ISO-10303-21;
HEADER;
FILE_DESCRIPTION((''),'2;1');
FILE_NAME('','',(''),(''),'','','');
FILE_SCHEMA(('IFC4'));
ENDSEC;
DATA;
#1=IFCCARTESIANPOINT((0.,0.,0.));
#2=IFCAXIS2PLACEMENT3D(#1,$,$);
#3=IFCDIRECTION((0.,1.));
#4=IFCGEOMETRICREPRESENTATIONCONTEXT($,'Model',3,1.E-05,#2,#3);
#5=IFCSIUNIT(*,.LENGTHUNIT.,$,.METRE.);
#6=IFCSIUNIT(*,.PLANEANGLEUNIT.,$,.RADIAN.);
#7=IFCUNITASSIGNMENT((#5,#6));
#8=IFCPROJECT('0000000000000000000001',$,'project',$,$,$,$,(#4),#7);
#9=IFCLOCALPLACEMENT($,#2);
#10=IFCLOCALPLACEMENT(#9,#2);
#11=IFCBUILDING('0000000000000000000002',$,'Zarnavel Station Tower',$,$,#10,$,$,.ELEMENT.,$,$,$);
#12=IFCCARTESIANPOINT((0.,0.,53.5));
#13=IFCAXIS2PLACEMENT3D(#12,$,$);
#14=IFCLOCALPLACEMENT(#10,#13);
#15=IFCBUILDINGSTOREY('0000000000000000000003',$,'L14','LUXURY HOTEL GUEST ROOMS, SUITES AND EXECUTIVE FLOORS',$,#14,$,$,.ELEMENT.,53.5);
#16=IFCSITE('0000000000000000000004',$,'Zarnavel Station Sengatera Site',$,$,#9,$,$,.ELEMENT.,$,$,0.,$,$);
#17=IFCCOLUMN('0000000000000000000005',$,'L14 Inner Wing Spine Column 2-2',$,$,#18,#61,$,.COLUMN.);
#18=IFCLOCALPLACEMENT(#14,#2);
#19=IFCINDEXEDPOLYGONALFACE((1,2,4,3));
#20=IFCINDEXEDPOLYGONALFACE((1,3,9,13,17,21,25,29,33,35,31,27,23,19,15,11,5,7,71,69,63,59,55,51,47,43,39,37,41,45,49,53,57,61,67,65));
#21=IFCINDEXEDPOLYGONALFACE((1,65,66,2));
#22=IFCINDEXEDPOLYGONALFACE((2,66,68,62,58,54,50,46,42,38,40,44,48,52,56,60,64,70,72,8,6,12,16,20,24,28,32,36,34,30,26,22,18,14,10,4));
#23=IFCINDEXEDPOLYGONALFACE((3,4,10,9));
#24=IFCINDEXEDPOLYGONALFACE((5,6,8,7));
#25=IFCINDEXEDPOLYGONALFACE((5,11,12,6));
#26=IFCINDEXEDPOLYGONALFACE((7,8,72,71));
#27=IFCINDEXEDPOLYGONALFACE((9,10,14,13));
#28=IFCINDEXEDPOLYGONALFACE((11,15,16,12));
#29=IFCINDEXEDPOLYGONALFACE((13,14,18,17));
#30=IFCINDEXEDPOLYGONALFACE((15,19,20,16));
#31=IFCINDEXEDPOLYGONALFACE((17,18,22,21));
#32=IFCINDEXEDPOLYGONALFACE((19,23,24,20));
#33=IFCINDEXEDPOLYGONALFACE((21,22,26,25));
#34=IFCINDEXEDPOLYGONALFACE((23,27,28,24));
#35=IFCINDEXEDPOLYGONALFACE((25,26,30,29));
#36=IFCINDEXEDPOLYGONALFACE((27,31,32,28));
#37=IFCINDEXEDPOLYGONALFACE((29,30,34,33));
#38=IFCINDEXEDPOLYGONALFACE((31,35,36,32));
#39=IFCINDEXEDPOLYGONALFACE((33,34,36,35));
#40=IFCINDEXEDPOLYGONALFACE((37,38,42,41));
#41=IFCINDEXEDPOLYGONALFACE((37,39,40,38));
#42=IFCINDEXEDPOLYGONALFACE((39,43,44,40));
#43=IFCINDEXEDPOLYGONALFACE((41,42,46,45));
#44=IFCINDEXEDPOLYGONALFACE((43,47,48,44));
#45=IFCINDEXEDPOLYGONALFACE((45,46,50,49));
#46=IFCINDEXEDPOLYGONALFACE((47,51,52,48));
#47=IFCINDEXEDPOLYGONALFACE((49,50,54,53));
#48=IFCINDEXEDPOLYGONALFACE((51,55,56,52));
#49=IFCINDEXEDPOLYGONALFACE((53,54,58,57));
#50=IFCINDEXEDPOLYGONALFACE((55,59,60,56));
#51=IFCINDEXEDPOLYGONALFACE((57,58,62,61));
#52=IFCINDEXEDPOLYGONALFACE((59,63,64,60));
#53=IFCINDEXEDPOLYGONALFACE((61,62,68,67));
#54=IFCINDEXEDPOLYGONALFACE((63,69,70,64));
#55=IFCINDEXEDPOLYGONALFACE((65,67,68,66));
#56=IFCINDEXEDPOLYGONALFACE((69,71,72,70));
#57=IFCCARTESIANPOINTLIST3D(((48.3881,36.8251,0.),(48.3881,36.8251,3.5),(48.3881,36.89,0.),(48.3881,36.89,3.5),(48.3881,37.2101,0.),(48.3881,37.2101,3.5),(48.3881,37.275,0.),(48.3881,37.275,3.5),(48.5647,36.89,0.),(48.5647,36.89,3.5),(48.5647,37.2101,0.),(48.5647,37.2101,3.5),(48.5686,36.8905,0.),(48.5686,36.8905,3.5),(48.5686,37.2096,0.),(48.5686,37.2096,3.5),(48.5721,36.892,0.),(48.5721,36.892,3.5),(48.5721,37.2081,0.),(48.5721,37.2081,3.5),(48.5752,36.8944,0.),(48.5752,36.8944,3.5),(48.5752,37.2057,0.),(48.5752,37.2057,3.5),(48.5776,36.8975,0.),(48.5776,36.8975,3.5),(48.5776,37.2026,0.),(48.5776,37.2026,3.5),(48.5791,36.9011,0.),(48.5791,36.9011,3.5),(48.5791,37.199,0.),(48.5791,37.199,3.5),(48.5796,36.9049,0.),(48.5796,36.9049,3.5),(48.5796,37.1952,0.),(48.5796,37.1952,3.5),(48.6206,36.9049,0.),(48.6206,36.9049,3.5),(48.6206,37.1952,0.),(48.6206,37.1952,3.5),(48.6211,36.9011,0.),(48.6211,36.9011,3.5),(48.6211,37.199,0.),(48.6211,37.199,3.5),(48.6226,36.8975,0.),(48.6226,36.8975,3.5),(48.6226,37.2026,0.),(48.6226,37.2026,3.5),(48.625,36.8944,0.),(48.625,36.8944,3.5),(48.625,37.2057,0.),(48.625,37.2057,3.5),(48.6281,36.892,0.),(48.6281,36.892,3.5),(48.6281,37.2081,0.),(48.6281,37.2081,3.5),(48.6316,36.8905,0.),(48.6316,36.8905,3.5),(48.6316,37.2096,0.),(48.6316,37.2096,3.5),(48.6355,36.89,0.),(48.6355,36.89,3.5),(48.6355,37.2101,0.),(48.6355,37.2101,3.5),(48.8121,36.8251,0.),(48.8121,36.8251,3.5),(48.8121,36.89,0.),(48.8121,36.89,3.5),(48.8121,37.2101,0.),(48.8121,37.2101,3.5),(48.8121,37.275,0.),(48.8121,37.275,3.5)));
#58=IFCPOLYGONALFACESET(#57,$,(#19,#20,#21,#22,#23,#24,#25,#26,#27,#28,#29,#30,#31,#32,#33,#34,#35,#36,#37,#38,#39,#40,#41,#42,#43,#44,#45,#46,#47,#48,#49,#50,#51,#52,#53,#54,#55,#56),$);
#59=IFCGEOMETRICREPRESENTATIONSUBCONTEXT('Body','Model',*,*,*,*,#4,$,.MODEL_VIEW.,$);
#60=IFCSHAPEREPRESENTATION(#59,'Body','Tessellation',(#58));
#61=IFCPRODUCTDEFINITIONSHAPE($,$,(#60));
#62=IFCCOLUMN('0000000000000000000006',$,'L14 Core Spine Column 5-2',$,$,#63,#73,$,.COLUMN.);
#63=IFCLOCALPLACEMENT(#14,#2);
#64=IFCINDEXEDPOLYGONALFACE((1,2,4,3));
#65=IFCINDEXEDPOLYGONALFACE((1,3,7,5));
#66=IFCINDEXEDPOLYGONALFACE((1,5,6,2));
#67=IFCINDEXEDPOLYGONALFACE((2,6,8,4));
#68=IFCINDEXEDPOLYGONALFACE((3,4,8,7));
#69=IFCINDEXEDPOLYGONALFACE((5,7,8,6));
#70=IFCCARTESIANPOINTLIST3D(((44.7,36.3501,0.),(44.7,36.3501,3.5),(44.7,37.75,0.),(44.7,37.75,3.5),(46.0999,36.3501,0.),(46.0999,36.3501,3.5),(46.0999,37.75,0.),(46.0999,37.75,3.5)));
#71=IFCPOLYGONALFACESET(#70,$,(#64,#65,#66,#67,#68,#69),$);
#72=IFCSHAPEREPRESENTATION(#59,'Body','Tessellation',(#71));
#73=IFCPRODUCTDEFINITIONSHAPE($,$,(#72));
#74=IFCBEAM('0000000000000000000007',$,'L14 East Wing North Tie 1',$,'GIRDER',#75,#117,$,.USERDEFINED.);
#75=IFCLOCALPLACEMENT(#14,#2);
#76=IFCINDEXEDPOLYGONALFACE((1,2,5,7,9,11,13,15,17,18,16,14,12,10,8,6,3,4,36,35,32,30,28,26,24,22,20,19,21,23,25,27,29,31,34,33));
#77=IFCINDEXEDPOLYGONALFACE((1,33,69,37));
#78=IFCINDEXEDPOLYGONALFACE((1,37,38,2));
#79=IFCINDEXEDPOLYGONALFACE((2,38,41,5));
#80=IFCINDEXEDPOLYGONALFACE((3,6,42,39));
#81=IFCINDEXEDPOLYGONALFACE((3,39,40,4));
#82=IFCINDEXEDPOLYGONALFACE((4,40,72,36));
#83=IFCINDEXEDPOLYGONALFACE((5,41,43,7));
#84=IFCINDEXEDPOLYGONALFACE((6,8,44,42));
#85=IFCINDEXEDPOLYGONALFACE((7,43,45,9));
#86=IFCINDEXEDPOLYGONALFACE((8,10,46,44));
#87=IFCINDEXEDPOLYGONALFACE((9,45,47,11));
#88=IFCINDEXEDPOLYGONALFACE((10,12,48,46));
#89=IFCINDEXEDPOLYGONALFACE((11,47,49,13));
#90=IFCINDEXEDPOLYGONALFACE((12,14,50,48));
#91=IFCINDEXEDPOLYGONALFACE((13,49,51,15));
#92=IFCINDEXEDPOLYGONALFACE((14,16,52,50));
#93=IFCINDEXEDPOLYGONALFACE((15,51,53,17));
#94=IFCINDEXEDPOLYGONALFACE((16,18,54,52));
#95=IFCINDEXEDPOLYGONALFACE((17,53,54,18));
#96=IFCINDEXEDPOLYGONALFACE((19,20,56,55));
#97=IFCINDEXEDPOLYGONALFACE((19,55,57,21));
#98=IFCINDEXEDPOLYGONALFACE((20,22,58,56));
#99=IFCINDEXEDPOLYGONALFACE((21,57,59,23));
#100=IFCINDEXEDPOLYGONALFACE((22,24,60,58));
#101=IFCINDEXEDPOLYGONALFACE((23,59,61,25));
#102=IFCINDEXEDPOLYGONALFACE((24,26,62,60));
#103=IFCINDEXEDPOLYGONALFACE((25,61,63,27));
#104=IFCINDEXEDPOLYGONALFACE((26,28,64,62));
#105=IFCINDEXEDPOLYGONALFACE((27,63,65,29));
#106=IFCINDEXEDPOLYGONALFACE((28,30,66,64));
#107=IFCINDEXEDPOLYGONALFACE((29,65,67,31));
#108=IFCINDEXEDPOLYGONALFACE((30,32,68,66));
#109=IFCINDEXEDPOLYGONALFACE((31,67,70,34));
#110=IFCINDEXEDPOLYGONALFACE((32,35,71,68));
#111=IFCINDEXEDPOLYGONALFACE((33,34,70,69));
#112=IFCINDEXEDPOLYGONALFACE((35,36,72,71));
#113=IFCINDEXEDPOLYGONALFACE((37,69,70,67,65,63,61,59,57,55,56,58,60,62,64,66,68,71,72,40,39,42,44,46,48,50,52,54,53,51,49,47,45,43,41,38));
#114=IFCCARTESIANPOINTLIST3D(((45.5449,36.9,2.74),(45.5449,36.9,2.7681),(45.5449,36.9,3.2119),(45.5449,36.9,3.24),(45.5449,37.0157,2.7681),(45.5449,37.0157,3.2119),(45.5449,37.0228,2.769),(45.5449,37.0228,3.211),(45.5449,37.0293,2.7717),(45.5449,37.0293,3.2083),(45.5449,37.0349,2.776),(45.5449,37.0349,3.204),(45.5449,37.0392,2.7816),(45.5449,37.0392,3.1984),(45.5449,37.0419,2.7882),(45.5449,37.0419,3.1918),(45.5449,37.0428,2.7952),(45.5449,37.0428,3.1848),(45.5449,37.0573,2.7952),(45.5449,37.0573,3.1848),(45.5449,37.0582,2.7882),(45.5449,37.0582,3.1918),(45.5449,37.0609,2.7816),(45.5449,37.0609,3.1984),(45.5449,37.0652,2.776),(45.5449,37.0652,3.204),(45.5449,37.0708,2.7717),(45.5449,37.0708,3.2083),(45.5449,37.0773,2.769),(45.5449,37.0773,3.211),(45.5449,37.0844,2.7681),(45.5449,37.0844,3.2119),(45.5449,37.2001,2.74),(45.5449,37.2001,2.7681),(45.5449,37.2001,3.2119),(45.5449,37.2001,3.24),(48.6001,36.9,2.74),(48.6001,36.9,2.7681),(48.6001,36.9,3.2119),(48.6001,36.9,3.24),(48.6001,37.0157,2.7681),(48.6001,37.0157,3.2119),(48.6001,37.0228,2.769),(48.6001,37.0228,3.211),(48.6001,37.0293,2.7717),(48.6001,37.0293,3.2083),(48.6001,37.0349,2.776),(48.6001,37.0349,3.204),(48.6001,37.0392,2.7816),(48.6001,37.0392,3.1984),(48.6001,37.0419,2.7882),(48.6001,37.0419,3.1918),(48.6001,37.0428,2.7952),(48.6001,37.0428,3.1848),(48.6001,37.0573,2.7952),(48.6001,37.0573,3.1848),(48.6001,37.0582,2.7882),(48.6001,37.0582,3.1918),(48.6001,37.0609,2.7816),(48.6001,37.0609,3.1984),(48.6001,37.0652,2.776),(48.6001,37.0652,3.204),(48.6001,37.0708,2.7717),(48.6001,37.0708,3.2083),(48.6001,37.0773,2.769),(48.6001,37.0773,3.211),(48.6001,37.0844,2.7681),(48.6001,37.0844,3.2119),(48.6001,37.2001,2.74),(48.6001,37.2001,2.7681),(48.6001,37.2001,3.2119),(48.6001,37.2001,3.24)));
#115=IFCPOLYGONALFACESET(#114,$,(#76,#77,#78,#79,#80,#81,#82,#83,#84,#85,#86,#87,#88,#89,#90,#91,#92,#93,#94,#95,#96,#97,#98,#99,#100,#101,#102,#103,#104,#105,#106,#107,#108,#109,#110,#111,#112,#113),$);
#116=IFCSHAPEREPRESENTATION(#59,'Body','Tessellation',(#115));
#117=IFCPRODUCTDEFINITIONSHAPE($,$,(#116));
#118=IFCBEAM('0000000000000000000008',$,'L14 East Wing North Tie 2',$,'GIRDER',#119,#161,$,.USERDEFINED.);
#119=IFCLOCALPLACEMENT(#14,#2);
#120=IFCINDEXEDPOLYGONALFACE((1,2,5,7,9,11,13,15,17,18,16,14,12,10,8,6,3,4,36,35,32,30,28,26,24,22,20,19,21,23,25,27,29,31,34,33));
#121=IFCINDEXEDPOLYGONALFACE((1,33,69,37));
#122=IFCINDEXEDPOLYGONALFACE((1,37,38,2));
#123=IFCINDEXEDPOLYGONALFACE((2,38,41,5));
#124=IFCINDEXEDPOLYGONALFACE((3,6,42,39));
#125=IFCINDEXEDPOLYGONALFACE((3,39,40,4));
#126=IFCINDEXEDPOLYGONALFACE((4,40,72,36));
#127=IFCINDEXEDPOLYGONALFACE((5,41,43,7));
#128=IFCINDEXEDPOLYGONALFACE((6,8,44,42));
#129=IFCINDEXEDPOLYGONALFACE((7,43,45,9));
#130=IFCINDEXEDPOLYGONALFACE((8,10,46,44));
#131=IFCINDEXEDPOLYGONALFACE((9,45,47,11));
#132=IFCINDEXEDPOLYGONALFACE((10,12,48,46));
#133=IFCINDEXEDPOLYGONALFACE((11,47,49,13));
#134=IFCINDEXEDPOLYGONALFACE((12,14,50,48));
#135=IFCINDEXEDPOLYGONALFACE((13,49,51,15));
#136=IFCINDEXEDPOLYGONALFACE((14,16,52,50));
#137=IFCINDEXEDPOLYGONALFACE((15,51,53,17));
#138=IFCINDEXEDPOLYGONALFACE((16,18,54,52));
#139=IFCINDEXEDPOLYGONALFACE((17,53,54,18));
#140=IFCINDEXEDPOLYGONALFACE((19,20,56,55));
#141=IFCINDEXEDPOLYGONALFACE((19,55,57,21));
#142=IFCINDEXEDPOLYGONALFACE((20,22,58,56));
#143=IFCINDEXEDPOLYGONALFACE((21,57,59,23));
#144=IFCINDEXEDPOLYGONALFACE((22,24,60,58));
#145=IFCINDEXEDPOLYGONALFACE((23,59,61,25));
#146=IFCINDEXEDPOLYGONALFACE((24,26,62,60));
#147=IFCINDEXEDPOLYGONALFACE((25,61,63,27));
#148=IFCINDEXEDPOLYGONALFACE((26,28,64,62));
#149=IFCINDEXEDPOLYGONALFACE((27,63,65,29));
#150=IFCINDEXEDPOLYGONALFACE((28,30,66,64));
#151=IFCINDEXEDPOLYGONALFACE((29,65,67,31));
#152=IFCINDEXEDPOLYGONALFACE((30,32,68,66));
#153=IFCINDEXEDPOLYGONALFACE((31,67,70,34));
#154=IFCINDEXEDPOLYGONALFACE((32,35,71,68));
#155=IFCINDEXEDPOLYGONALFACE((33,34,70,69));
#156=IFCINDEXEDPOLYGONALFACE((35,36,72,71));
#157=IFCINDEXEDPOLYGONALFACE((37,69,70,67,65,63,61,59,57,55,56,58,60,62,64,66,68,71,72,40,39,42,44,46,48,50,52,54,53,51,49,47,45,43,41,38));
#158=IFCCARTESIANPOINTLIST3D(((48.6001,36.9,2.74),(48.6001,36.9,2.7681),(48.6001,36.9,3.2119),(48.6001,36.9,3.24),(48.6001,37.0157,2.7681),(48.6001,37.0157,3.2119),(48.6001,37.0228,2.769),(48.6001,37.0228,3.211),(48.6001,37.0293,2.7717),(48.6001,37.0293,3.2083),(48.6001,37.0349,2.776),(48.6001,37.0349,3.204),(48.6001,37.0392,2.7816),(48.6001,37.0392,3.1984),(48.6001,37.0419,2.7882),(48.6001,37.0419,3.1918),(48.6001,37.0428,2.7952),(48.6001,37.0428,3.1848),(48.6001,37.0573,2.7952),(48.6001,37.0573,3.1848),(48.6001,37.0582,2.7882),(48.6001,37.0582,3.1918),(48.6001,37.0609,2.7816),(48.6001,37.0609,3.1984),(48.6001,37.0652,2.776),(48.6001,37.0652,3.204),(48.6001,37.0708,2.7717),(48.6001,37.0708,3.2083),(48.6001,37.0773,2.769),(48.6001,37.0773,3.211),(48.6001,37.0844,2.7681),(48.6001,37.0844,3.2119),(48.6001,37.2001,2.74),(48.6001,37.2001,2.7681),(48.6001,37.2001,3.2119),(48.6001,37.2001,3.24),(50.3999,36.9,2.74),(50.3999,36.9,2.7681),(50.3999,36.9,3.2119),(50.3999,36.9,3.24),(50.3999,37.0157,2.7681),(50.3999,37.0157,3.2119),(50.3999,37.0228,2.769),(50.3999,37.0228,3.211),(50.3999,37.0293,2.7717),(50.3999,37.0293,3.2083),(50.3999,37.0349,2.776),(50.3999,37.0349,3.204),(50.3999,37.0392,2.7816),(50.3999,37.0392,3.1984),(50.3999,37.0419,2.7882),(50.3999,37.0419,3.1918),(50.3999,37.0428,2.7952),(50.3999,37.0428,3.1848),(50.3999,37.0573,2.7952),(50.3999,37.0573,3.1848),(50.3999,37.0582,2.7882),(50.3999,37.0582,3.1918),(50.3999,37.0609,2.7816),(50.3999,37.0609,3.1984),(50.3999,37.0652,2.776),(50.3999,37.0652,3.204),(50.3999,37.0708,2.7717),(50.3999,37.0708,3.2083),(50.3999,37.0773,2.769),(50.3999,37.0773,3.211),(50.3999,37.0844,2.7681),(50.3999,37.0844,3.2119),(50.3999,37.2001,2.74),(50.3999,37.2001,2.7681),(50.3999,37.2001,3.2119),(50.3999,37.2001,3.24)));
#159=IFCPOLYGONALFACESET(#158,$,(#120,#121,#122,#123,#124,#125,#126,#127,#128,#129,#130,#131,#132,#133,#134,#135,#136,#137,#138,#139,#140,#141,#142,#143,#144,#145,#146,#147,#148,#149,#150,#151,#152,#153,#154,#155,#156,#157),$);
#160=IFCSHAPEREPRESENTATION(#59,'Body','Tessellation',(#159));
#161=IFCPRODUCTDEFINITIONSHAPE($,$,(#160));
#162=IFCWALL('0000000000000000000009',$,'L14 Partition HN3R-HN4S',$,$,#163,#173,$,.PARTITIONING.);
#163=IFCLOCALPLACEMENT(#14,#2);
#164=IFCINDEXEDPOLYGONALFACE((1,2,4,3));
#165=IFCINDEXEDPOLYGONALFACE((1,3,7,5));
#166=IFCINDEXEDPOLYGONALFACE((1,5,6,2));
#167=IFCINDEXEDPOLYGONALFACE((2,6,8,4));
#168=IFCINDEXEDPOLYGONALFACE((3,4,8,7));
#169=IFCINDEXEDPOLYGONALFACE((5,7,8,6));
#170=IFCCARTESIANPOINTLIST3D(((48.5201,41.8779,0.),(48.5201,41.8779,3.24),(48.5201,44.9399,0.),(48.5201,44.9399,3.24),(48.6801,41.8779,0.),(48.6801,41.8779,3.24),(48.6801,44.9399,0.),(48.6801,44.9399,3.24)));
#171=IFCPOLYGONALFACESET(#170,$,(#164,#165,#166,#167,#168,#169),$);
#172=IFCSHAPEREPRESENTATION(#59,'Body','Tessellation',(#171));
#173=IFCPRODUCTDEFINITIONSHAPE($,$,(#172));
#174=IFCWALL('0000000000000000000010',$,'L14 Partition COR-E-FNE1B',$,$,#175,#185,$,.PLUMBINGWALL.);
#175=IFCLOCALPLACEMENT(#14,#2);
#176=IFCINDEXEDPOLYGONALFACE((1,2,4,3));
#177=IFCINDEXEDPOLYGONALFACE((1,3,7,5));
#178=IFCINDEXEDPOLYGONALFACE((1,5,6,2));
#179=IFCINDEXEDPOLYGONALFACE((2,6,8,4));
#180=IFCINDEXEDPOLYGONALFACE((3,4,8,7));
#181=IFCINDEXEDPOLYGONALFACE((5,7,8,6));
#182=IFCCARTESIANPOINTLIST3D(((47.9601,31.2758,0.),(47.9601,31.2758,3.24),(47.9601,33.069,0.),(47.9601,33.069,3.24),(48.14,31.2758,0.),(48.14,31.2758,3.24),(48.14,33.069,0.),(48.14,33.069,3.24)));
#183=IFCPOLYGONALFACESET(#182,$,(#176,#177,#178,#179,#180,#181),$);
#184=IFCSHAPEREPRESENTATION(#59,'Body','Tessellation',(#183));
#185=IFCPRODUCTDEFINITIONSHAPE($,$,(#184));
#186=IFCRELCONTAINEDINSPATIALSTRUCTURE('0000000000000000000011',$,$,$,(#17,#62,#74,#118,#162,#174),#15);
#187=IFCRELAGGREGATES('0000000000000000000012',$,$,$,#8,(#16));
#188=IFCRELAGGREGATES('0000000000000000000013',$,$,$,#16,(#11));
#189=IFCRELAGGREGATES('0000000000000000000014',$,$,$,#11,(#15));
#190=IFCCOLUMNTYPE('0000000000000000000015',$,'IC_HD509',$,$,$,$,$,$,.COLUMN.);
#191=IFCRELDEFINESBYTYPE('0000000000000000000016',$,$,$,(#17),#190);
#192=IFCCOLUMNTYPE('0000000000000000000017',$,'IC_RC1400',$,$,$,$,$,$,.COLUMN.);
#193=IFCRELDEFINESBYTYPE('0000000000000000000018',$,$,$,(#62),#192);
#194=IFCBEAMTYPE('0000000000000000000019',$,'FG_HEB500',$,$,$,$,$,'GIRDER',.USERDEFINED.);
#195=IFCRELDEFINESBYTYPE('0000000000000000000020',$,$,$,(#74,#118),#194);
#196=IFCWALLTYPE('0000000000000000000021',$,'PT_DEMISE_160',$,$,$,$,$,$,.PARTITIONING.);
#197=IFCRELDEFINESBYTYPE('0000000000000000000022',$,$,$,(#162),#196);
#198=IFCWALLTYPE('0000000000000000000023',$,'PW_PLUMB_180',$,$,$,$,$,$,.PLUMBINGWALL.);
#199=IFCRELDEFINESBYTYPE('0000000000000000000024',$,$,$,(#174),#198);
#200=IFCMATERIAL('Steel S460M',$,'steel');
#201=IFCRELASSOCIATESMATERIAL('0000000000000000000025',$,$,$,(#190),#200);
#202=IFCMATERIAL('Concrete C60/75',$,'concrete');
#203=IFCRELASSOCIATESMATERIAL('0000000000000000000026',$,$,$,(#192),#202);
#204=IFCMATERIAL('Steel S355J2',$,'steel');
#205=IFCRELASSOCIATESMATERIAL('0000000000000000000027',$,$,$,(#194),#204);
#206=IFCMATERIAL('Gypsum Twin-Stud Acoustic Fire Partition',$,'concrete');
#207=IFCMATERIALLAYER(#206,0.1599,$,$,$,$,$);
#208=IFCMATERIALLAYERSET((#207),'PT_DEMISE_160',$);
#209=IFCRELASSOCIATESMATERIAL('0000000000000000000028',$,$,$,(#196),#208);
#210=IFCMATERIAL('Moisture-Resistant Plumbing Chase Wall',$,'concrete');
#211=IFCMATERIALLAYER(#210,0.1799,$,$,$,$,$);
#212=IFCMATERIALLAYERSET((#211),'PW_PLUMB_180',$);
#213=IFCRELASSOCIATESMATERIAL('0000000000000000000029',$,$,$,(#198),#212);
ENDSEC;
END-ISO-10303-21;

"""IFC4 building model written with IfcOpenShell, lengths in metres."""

from ifc_helpers import new_model, si_unit, direction, frame, frame_2d, origin, origin_2d, place, context, subcontext, project, spatial, rectangle, i_section, extrude, material, layer, layer_set, material_profile, profile_set, type_object, element, save


model = new_model("IFC4")

# Units and contexts
model_context = context("Model", 3, precision=1e-05, world=origin(), true_north=direction((0.0, 1.0)))
body_context = subcontext(model_context, "Body", "Model", "MODEL_VIEW")
ifc_project = project(units=[si_unit("LENGTHUNIT", "METRE"), si_unit("PLANEANGLEUNIT", "RADIAN")], contexts=[model_context])

# Site, building, storey
site_placement = place(None, origin())
site = spatial("IfcSite", under=ifc_project, at=site_placement, Name="Zarnavel Station Sengatera Site", CompositionType="ELEMENT", RefElevation=0.0)
building_placement = place(site_placement, origin())
building = spatial("IfcBuilding", under=site, at=building_placement, Name="Zarnavel Station Tower", CompositionType="ELEMENT")
storey_placement = place(building_placement, frame((0.0, 0.0, 53.5)))
storey = spatial("IfcBuildingStorey", under=building, at=storey_placement, Name="L14", Description="LUXURY HOTEL GUEST ROOMS, SUITES AND EXECUTIVE FLOORS", CompositionType="ELEMENT", Elevation=53.5)

# Columns
ifc_material_1 = material(Name="Steel S460M", Category="steel")
ifc_material_profile_1 = material_profile(ifc_material_1, i_section(OverallWidth=0.4241, OverallDepth=0.45, WebThickness=0.041, FlangeThickness=0.0649, FilletRadius=0.0149, at=origin_2d()), Name="HD400x509")
ifc_profile_set_1 = profile_set([ifc_material_profile_1], Name="Steel S460M")
column_type_1 = type_object("IfcColumnType", Name="IC_HD509", PredefinedType="COLUMN", material=ifc_profile_set_1)
column_1_placement = place(storey_placement, frame((48.6001, 37.05, 0.0), z_axis=(0.0, 0.0, 1.0), x_axis=(1.0, 0.0, 0.0)))
element("IfcColumn", 1, at=column_1_placement, inside=storey, type_object=column_type_1, Name="L14 Inner Wing Spine Column 2-2", PredefinedType="COLUMN", context=body_context, shape_type="SweptSolid", body=[
    extrude(i_section(OverallWidth=0.4241, OverallDepth=0.45, WebThickness=0.041, FlangeThickness=0.0649, FilletRadius=0.0149, at=origin_2d()), origin(), (0.0, 0.0, 1.0), 3.5),
])
ifc_material_2 = material(Name="Concrete C60/75", Category="concrete")
ifc_material_profile_2 = material_profile(ifc_material_2, rectangle(XDim=1.3999, YDim=1.3999, at=origin_2d()), Name="RC1400x1400")
ifc_profile_set_2 = profile_set([ifc_material_profile_2], Name="Concrete C60/75")
column_type_2 = type_object("IfcColumnType", Name="IC_RC1400", PredefinedType="COLUMN", material=ifc_profile_set_2)
column_2_placement = place(storey_placement, frame((45.3999, 37.05, 0.0), z_axis=(0.0, 0.0, 1.0), x_axis=(1.0, 0.0, 0.0)))
element("IfcColumn", 2, at=column_2_placement, inside=storey, type_object=column_type_2, Name="L14 Core Spine Column 5-2", PredefinedType="COLUMN", context=body_context, shape_type="SweptSolid", body=[
    extrude(rectangle(XDim=1.3999, YDim=1.3999, at=origin_2d()), origin(), (0.0, 0.0, 1.0), 3.5),
])

# Beams
ifc_material_3 = material(Name="Steel S355J2", Category="steel")
ifc_material_profile_3 = material_profile(ifc_material_3, i_section(OverallWidth=0.3, OverallDepth=0.5, WebThickness=0.0144, FlangeThickness=0.0281, FilletRadius=0.0271, at=origin_2d()), Name="HEB500")
ifc_profile_set_3 = profile_set([ifc_material_profile_3], Name="Steel S355J2")
beam_type = type_object("IfcBeamType", Name="FG_HEB500", ElementType="GIRDER", PredefinedType="USERDEFINED", material=ifc_profile_set_3)
beam_1_placement = place(storey_placement, frame((45.5449, 37.05, 2.99), z_axis=(1.0, 0.0, 0.0), x_axis=(0.0, 1.0, 0.0)))
element("IfcBeam", 3, at=beam_1_placement, inside=storey, type_object=beam_type, Name="L14 East Wing North Tie 1", ObjectType="GIRDER", PredefinedType="USERDEFINED", context=body_context, shape_type="SweptSolid", body=[
    extrude(i_section(OverallWidth=0.3, OverallDepth=0.5, WebThickness=0.0144, FlangeThickness=0.0281, FilletRadius=0.0271, at=origin_2d()), origin(), (0.0, 0.0, 1.0), 3.0552),
])
beam_2_placement = place(storey_placement, frame((48.6001, 37.05, 2.99), z_axis=(1.0, 0.0, 0.0), x_axis=(0.0, 1.0, 0.0)))
element("IfcBeam", 4, at=beam_2_placement, inside=storey, type_object=beam_type, Name="L14 East Wing North Tie 2", ObjectType="GIRDER", PredefinedType="USERDEFINED", context=body_context, shape_type="SweptSolid", body=[
    extrude(i_section(OverallWidth=0.3, OverallDepth=0.5, WebThickness=0.0144, FlangeThickness=0.0281, FilletRadius=0.0271, at=origin_2d()), origin(), (0.0, 0.0, 1.0), 1.7998),
])

# Shared definitions
ifc_material_4 = material(Name="Gypsum Twin-Stud Acoustic Fire Partition", Category="concrete")
ifc_layer_1 = layer(ifc_material_4, 0.1599)
ifc_layer_set_1 = layer_set([ifc_layer_1], Name="PT_DEMISE_160")
wall_type_1 = type_object("IfcWallType", Name="PT_DEMISE_160", PredefinedType="PARTITIONING", material=ifc_layer_set_1)

# Wall
wall_1_placement = place(storey_placement, frame((48.6001, 41.8779, 0.0), z_axis=(0.0, 0.0, 1.0), x_axis=(0.0, 1.0, 0.0)))
element("IfcWall", 5, at=wall_1_placement, inside=storey, type_object=wall_type_1, Name="L14 Partition HN3R-HN4S", PredefinedType="PARTITIONING", context=body_context, shape_type="SweptSolid", body=[
    extrude(rectangle(XDim=3.062, YDim=0.1599, at=frame_2d((1.531, 0.0))), origin(), (0.0, 0.0, 1.0), 3.24),
])

# Wall
ifc_material_5 = material(Name="Moisture-Resistant Plumbing Chase Wall", Category="concrete")
ifc_layer_2 = layer(ifc_material_5, 0.1799)
ifc_layer_set_2 = layer_set([ifc_layer_2], Name="PW_PLUMB_180")
wall_type_2 = type_object("IfcWallType", Name="PW_PLUMB_180", PredefinedType="PLUMBINGWALL", material=ifc_layer_set_2)
wall_2_placement = place(storey_placement, frame((48.05, 31.2759, 0.0), z_axis=(0.0, 0.0, 1.0), x_axis=(0.0, 1.0, 0.0)))
element("IfcWall", 6, at=wall_2_placement, inside=storey, type_object=wall_type_2, Name="L14 Partition COR-E-FNE1B", PredefinedType="PLUMBINGWALL", context=body_context, shape_type="SweptSolid", body=[
    extrude(rectangle(XDim=1.7932, YDim=0.1799, at=frame_2d((0.8965, 0.0))), origin(), (0.0, 0.0, 1.0), 3.24),
])

save(model, "model.ifc")
